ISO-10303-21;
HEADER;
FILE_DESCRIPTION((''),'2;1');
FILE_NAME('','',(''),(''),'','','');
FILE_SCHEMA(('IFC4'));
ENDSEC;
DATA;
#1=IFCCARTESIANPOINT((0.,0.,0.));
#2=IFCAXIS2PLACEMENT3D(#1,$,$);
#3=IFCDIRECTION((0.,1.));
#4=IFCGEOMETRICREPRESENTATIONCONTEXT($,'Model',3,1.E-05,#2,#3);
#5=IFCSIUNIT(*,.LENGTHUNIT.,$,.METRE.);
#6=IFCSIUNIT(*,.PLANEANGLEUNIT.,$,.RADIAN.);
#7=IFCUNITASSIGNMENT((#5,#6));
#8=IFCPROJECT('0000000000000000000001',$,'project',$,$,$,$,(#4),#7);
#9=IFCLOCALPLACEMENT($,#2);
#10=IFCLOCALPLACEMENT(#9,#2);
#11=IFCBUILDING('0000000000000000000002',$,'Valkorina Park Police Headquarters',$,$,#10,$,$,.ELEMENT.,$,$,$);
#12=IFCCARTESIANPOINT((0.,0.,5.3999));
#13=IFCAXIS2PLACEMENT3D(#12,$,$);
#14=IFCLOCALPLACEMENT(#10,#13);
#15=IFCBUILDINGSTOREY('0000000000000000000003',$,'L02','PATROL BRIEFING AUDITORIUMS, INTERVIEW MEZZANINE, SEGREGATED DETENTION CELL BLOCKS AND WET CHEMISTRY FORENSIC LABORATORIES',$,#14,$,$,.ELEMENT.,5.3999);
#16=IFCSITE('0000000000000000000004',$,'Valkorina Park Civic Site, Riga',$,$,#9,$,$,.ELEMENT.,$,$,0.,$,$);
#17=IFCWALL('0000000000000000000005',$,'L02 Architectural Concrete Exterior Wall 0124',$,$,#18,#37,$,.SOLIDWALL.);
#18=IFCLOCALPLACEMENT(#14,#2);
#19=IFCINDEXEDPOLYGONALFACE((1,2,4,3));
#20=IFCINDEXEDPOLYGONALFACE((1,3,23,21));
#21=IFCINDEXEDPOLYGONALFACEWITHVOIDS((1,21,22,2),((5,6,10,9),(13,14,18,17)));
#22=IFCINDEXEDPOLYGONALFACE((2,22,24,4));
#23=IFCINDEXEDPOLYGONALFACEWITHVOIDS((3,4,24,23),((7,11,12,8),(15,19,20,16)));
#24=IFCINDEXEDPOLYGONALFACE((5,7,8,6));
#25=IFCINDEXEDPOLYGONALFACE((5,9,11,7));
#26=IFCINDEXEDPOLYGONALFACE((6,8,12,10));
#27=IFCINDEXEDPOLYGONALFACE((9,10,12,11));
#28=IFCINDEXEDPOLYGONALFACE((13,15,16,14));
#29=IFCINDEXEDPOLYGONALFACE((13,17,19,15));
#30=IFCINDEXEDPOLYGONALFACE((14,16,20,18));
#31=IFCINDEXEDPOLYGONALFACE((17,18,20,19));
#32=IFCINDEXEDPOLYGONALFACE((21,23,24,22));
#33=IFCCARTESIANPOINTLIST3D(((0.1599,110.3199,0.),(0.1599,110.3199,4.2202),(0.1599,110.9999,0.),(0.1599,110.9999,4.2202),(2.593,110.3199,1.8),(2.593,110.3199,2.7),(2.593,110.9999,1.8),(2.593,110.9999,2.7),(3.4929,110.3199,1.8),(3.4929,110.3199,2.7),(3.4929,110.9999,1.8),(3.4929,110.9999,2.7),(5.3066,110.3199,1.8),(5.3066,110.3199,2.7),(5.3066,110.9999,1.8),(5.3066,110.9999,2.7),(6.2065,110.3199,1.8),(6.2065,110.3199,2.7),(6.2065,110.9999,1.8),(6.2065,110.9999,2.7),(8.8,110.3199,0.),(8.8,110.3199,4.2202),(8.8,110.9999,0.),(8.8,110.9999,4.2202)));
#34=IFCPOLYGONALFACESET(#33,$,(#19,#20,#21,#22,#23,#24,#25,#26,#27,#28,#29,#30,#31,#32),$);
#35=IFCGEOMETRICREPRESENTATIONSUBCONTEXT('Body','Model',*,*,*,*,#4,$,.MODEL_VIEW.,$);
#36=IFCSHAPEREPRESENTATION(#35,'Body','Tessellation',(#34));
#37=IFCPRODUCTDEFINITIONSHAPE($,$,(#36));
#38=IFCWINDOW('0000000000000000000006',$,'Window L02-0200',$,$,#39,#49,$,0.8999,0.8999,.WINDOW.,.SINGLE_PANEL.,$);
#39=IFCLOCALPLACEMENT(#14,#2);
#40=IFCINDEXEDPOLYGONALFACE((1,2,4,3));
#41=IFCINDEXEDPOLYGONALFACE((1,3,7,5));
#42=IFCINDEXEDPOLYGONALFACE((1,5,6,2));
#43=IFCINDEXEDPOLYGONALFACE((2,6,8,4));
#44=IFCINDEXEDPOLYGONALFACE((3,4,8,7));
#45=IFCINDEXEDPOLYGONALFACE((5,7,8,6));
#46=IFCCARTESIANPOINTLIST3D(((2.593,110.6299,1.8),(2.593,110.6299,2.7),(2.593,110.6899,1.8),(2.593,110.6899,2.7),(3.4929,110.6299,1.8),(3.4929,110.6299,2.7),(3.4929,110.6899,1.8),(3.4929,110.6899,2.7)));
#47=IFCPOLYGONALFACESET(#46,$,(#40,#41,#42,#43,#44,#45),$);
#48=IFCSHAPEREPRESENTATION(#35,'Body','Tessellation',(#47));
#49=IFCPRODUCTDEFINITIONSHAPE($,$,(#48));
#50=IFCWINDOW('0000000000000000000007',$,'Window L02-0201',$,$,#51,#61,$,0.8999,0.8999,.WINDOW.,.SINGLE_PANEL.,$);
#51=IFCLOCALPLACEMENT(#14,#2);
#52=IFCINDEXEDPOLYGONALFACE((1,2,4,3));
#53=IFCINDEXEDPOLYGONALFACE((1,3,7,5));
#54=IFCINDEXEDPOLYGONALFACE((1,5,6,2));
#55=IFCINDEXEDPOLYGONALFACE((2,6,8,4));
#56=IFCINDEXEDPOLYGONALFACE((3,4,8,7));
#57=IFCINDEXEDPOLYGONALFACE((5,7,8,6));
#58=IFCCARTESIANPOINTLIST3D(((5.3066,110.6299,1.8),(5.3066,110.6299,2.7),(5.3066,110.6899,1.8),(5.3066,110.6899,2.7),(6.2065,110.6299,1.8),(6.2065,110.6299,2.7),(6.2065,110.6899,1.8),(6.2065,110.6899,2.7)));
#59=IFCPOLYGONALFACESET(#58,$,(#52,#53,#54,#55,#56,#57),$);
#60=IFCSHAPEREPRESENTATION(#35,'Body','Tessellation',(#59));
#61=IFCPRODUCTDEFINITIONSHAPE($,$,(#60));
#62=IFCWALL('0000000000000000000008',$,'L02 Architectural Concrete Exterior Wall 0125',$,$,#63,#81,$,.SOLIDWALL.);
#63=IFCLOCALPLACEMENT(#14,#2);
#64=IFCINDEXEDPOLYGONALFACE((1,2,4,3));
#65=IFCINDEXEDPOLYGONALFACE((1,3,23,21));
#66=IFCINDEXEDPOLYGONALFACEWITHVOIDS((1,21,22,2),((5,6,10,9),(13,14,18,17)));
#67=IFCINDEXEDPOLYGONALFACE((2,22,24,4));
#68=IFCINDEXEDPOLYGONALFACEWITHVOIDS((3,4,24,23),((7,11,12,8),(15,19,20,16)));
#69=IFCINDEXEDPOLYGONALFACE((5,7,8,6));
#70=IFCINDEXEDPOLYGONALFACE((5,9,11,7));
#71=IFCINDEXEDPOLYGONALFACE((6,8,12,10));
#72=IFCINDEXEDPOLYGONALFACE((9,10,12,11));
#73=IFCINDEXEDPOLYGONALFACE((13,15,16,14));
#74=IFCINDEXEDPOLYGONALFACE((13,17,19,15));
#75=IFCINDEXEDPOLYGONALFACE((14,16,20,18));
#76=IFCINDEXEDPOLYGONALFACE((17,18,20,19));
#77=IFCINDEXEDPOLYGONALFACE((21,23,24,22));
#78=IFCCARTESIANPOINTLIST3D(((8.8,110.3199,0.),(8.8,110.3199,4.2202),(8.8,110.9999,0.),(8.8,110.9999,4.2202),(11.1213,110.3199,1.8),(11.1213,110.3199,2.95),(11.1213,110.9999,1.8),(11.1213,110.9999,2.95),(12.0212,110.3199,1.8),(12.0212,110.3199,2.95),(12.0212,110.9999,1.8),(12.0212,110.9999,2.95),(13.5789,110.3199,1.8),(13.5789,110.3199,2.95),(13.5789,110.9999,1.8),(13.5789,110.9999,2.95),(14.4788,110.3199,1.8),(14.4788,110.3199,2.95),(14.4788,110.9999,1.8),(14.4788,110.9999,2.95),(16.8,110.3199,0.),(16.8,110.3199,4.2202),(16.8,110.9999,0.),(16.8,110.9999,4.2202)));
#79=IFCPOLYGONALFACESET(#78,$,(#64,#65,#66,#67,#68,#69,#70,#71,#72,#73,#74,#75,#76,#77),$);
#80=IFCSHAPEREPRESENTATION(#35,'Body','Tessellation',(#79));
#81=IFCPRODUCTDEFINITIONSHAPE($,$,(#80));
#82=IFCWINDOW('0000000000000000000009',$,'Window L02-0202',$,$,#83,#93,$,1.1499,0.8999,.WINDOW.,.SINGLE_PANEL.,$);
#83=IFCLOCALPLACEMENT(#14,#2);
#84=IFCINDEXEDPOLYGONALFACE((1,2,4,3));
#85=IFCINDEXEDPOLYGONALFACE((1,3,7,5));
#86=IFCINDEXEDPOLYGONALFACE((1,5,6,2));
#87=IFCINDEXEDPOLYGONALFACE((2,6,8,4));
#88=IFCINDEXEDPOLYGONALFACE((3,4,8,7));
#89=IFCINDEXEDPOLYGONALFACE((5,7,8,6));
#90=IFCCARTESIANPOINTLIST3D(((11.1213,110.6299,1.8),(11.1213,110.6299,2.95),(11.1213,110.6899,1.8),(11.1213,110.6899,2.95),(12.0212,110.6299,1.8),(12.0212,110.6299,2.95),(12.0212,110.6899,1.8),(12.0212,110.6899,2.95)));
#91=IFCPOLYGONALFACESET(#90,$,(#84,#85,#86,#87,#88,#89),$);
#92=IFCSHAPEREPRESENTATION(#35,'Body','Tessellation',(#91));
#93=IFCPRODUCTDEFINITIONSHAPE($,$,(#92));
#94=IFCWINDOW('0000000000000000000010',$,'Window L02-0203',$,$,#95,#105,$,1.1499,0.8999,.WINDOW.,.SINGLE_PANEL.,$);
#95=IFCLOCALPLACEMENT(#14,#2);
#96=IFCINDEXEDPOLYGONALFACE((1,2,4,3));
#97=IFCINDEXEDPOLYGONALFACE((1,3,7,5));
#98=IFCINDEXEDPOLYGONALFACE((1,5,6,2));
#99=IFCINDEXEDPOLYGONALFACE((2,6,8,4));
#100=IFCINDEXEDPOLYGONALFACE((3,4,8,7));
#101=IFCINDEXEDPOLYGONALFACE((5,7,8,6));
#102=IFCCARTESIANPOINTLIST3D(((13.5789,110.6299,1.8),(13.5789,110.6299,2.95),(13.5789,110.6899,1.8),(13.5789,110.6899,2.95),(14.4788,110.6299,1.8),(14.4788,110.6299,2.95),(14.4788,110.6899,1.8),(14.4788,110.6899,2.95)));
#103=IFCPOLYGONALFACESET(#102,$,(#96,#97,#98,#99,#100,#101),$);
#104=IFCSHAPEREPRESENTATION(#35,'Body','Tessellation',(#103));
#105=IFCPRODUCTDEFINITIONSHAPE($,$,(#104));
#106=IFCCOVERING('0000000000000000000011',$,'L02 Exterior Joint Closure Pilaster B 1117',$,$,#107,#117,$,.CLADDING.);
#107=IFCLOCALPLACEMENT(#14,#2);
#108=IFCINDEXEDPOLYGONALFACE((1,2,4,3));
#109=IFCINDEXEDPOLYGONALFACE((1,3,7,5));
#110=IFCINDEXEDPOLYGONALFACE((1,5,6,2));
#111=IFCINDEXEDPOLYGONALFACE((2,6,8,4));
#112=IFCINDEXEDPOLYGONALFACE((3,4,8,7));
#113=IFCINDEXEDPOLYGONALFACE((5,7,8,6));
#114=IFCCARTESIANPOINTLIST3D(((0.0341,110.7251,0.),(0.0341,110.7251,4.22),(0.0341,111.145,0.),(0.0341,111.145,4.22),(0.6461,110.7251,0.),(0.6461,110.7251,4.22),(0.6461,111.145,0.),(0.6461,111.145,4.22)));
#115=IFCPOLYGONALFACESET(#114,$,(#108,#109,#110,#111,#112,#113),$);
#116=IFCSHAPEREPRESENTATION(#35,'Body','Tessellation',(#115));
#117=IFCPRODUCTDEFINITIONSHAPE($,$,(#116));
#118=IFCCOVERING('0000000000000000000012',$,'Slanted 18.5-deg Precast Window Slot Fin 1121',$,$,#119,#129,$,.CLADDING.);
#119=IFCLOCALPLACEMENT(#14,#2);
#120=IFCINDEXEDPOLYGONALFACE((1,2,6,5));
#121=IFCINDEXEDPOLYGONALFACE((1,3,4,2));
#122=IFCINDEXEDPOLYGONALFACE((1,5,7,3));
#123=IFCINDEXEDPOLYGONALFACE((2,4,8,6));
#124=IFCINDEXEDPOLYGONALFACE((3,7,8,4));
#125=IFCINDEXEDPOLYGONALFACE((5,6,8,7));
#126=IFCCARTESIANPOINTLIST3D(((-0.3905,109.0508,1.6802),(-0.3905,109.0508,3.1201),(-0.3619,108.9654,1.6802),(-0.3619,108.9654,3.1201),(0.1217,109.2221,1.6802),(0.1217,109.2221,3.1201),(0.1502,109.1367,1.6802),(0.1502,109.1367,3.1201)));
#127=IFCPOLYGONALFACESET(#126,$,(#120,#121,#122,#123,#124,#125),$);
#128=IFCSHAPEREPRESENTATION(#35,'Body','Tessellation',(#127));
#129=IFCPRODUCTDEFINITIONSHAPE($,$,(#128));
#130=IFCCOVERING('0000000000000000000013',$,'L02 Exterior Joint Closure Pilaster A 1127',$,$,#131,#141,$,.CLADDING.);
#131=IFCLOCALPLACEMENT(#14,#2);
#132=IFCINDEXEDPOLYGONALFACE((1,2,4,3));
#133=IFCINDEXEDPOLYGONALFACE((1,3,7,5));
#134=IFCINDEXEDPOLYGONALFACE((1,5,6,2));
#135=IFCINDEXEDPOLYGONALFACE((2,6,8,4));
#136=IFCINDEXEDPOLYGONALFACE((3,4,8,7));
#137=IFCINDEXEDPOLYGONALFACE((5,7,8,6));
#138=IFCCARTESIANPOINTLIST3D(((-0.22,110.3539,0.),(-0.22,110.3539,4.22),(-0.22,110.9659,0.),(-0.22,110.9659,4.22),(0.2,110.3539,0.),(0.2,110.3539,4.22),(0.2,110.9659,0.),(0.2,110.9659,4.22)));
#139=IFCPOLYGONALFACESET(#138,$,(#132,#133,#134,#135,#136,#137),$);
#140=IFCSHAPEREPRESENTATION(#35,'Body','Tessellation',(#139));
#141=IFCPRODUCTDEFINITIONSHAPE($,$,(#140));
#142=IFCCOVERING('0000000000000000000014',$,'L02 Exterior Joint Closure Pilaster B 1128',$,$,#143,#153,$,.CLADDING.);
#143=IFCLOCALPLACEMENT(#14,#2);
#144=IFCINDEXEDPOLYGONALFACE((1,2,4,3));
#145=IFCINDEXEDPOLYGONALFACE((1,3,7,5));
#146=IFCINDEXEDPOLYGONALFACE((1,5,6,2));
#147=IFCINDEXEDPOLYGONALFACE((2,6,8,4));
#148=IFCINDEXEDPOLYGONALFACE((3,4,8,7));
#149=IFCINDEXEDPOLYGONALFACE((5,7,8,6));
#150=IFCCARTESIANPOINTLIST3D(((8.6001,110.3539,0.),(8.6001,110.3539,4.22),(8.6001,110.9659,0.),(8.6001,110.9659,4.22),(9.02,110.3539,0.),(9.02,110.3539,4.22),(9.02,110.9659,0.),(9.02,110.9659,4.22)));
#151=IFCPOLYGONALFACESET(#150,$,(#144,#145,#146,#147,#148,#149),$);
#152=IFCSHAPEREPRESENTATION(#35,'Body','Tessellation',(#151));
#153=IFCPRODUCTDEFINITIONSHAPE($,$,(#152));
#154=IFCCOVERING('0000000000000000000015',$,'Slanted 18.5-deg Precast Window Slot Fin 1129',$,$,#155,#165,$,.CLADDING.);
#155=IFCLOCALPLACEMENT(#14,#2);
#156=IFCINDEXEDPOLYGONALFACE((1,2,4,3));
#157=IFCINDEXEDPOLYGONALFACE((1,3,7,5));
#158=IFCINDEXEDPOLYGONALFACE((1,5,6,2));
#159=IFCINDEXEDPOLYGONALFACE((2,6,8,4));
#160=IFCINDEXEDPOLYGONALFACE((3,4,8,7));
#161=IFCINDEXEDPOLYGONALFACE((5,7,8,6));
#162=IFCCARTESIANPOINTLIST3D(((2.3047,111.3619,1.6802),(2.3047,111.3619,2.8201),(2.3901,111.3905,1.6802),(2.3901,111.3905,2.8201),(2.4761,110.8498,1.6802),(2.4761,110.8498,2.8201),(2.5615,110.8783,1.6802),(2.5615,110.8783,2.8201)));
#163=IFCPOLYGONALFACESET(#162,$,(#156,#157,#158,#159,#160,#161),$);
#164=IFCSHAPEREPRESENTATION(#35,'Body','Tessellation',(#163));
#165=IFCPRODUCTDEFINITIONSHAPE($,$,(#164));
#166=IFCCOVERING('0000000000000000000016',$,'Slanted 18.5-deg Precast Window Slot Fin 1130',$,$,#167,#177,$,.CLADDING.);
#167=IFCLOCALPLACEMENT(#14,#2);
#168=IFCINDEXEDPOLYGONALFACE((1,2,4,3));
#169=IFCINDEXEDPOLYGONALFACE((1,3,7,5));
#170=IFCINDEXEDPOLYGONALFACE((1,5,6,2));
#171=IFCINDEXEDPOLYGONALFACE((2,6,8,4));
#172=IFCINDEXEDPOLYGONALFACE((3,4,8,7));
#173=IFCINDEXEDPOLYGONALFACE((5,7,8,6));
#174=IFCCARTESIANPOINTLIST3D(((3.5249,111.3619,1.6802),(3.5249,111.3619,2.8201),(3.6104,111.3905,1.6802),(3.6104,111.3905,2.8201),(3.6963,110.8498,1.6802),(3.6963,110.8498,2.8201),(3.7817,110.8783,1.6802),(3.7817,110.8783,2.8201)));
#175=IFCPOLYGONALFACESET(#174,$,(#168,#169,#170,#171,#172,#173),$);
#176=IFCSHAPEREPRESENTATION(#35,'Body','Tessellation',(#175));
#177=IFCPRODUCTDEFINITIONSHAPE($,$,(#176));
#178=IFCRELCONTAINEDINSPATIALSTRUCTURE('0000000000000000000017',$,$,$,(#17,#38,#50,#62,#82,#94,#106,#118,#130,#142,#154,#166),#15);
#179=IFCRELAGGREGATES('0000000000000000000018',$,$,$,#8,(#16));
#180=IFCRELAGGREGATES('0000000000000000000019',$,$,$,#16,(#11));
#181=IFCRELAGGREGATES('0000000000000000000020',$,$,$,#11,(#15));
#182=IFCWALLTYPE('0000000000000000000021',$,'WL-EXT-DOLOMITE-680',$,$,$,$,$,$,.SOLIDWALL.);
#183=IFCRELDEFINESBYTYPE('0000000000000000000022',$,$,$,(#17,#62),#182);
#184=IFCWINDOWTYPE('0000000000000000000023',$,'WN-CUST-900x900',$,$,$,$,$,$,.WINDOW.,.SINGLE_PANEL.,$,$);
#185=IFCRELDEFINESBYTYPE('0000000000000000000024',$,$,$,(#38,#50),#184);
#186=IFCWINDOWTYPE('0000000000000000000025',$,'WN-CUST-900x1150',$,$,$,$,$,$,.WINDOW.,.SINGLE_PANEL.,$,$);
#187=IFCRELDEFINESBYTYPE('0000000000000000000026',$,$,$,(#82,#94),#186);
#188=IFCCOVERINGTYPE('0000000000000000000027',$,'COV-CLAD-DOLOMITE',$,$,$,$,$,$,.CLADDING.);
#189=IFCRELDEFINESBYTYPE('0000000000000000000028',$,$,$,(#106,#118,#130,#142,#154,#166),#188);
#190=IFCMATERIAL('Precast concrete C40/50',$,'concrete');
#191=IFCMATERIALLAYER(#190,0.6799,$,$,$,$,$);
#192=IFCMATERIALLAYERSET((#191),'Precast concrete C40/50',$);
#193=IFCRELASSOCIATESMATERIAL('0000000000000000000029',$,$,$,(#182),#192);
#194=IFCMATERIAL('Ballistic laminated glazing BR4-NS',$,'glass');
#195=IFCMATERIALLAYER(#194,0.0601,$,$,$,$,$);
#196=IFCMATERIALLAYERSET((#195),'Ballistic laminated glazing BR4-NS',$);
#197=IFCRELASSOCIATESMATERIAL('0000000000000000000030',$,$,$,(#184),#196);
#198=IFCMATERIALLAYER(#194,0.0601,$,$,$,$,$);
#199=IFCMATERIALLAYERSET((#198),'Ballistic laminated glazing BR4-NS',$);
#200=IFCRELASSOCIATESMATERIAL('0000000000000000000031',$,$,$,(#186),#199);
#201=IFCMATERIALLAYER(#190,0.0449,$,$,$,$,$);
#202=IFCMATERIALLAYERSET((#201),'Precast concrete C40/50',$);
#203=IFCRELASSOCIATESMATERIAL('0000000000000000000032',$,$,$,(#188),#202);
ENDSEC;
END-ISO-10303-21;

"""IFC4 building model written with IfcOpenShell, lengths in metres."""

from ifc_helpers import new_model, si_unit, direction, frame, frame_2d, origin, origin_2d, place, context, subcontext, project, spatial, rectangle, extrude, material, layer, layer_set, type_object, element, fill, save


model = new_model("IFC4")

# Units and contexts
model_context = context("Model", 3, precision=1e-05, world=origin(), true_north=direction((0.0, 1.0)))
body_context = subcontext(model_context, "Body", "Model", "MODEL_VIEW")
ifc_project = project(units=[si_unit("LENGTHUNIT", "METRE"), si_unit("PLANEANGLEUNIT", "RADIAN")], contexts=[model_context])

# Site, building, storey
site_placement = place(None, origin())
site = spatial("IfcSite", under=ifc_project, at=site_placement, Name="Valkorina Park Civic Site, Riga", CompositionType="ELEMENT", RefElevation=0.0)
building_placement = place(site_placement, origin())
building = spatial("IfcBuilding", under=site, at=building_placement, Name="Valkorina Park Police Headquarters", CompositionType="ELEMENT")
storey_placement = place(building_placement, frame((0.0, 0.0, 5.3999)))
storey = spatial("IfcBuildingStorey", under=building, at=storey_placement, Name="L02", Description="PATROL BRIEFING AUDITORIUMS, INTERVIEW MEZZANINE, SEGREGATED DETENTION CELL BLOCKS AND WET CHEMISTRY FORENSIC LABORATORIES", CompositionType="ELEMENT", Elevation=5.3999)

# Walls, openings, windows
ifc_material_1 = material(Name="Precast concrete C40/50", Category="concrete")
ifc_layer_1 = layer(ifc_material_1, 0.6799)
ifc_layer_set_1 = layer_set([ifc_layer_1], Name="Precast concrete C40/50")
wall_type = type_object("IfcWallType", Name="WL-EXT-DOLOMITE-680", PredefinedType="SOLIDWALL", material=ifc_layer_set_1)
wall_1_placement = place(storey_placement, frame((0.1599, 110.6599, 0.0), z_axis=(0.0, 0.0, 1.0), x_axis=(1.0, 0.0, 0.0)))
wall_1 = element("IfcWall", 1, at=wall_1_placement, inside=storey, type_object=wall_type, Name="L02 Architectural Concrete Exterior Wall 0124", PredefinedType="SOLIDWALL", context=body_context, shape_type="SweptSolid", body=[
    extrude(rectangle(XDim=8.6401, YDim=0.6799, at=frame_2d((4.3201, 0.0))), origin(), (0.0, 0.0, 1.0), 4.2202),
])
opening_1_placement = place(wall_1_placement, frame((2.4331, 0.0, 1.8)))
opening_1 = element("IfcOpeningElement", 2, at=opening_1_placement, cuts=wall_1, PredefinedType="OPENING", context=body_context, shape_type="SweptSolid", body=[
    extrude(rectangle(XDim=0.8999, YDim=0.8999, at=frame_2d((0.45, 0.45))), frame((0.0, 0.3501, 0.0), z_axis=(0.0, -1.0, 0.0), x_axis=(1.0, 0.0, 0.0)), (0.0, 0.0, 1.0), 0.7),
])
opening_2_placement = place(wall_1_placement, frame((5.1467, 0.0, 1.8)))
opening_2 = element("IfcOpeningElement", 3, at=opening_2_placement, cuts=wall_1, PredefinedType="OPENING", context=body_context, shape_type="SweptSolid", body=[
    extrude(rectangle(XDim=0.8999, YDim=0.8999, at=frame_2d((0.45, 0.45))), frame((0.0, 0.3501, 0.0), z_axis=(0.0, -1.0, 0.0), x_axis=(1.0, 0.0, 0.0)), (0.0, 0.0, 1.0), 0.7),
])
ifc_material_2 = material(Name="Ballistic laminated glazing BR4-NS", Category="glass")
ifc_layer_2 = layer(ifc_material_2, 0.0601)
ifc_layer_set_2 = layer_set([ifc_layer_2], Name="Ballistic laminated glazing BR4-NS")
window_type_1 = type_object("IfcWindowType", Name="WN-CUST-900x900", PartitioningType="SINGLE_PANEL", PredefinedType="WINDOW", material=ifc_layer_set_2)
window_1_placement = place(opening_1_placement, origin())
window_1 = element("IfcWindow", 4, at=window_1_placement, inside=storey, type_object=window_type_1, Name="Window L02-0200", OverallHeight=0.8999, OverallWidth=0.8999, PartitioningType="SINGLE_PANEL", PredefinedType="WINDOW", context=body_context, shape_type="SweptSolid", body=[
    extrude(rectangle(XDim=0.8999, YDim=0.8999, at=frame_2d((0.45, 0.45))), frame((0.0, 0.03, 0.0), z_axis=(0.0, -1.0, 0.0), x_axis=(1.0, 0.0, 0.0)), (0.0, 0.0, 1.0), 0.0601),
])
fill(opening_1, window_1)
window_2_placement = place(opening_2_placement, origin())
window_2 = element("IfcWindow", 5, at=window_2_placement, inside=storey, type_object=window_type_1, Name="Window L02-0201", OverallHeight=0.8999, OverallWidth=0.8999, PartitioningType="SINGLE_PANEL", PredefinedType="WINDOW", context=body_context, shape_type="SweptSolid", body=[
    extrude(rectangle(XDim=0.8999, YDim=0.8999, at=frame_2d((0.45, 0.45))), frame((0.0, 0.03, 0.0), z_axis=(0.0, -1.0, 0.0), x_axis=(1.0, 0.0, 0.0)), (0.0, 0.0, 1.0), 0.0601),
])
fill(opening_2, window_2)
wall_2_placement = place(storey_placement, frame((8.8, 110.6599, 0.0), z_axis=(0.0, 0.0, 1.0), x_axis=(1.0, 0.0, 0.0)))
wall_2 = element("IfcWall", 6, at=wall_2_placement, inside=storey, type_object=wall_type, Name="L02 Architectural Concrete Exterior Wall 0125", PredefinedType="SOLIDWALL", context=body_context, shape_type="SweptSolid", body=[
    extrude(rectangle(XDim=8.0, YDim=0.6799, at=frame_2d((4.0, 0.0))), origin(), (0.0, 0.0, 1.0), 4.2202),
])
opening_3_placement = place(wall_2_placement, frame((2.3213, 0.0, 1.8)))
opening_3 = element("IfcOpeningElement", 7, at=opening_3_placement, cuts=wall_2, PredefinedType="OPENING", context=body_context, shape_type="SweptSolid", body=[
    extrude(rectangle(XDim=0.8999, YDim=1.1499, at=frame_2d((0.45, 0.575))), frame((0.0, 0.3501, 0.0), z_axis=(0.0, -1.0, 0.0), x_axis=(1.0, 0.0, 0.0)), (0.0, 0.0, 1.0), 0.7),
])
opening_4_placement = place(wall_2_placement, frame((4.7788, 0.0, 1.8)))
opening_4 = element("IfcOpeningElement", 8, at=opening_4_placement, cuts=wall_2, PredefinedType="OPENING", context=body_context, shape_type="SweptSolid", body=[
    extrude(rectangle(XDim=0.8999, YDim=1.1499, at=frame_2d((0.45, 0.575))), frame((0.0, 0.3501, 0.0), z_axis=(0.0, -1.0, 0.0), x_axis=(1.0, 0.0, 0.0)), (0.0, 0.0, 1.0), 0.7),
])
ifc_layer_3 = layer(ifc_material_2, 0.0601)
ifc_layer_set_3 = layer_set([ifc_layer_3], Name="Ballistic laminated glazing BR4-NS")
window_type_2 = type_object("IfcWindowType", Name="WN-CUST-900x1150", PartitioningType="SINGLE_PANEL", PredefinedType="WINDOW", material=ifc_layer_set_3)
window_3_placement = place(opening_3_placement, origin())
window_3 = element("IfcWindow", 9, at=window_3_placement, inside=storey, type_object=window_type_2, Name="Window L02-0202", OverallHeight=1.1499, OverallWidth=0.8999, PartitioningType="SINGLE_PANEL", PredefinedType="WINDOW", context=body_context, shape_type="SweptSolid", body=[
    extrude(rectangle(XDim=0.8999, YDim=1.1499, at=frame_2d((0.45, 0.575))), frame((0.0, 0.03, 0.0), z_axis=(0.0, -1.0, 0.0), x_axis=(1.0, 0.0, 0.0)), (0.0, 0.0, 1.0), 0.0601),
])
fill(opening_3, window_3)
window_4_placement = place(opening_4_placement, origin())
window_4 = element("IfcWindow", 10, at=window_4_placement, inside=storey, type_object=window_type_2, Name="Window L02-0203", OverallHeight=1.1499, OverallWidth=0.8999, PartitioningType="SINGLE_PANEL", PredefinedType="WINDOW", context=body_context, shape_type="SweptSolid", body=[
    extrude(rectangle(XDim=0.8999, YDim=1.1499, at=frame_2d((0.45, 0.575))), frame((0.0, 0.03, 0.0), z_axis=(0.0, -1.0, 0.0), x_axis=(1.0, 0.0, 0.0)), (0.0, 0.0, 1.0), 0.0601),
])
fill(opening_4, window_4)

# Coverings
ifc_layer_4 = layer(ifc_material_1, 0.0449)
ifc_layer_set_4 = layer_set([ifc_layer_4], Name="Precast concrete C40/50")
covering_type = type_object("IfcCoveringType", Name="COV-CLAD-DOLOMITE", PredefinedType="CLADDING", material=ifc_layer_set_4)
covering_1_placement = place(storey_placement, frame((0.3401, 110.9351, 0.0), z_axis=(0.0, 0.0, 1.0), x_axis=(0.0, 1.0, 0.0)))
element("IfcCovering", 11, at=covering_1_placement, inside=storey, type_object=covering_type, Name="L02 Exterior Joint Closure Pilaster B 1117", PredefinedType="CLADDING", context=body_context, shape_type="SweptSolid", body=[
    extrude(rectangle(XDim=0.4199, YDim=0.6121, at=origin_2d()), origin(), (0.0, 0.0, 1.0), 4.22),
])
covering_2_placement = place(storey_placement, frame((-0.1201, 109.0938, 1.6802), z_axis=(0.0, 0.0, 1.0), x_axis=(-0.948324, -0.317305, 0.0)))
element("IfcCovering", 12, at=covering_2_placement, inside=storey, type_object=covering_type, Name="Slanted 18.5-deg Precast Window Slot Fin 1121", PredefinedType="CLADDING", context=body_context, shape_type="SweptSolid", body=[
    extrude(rectangle(XDim=0.54, YDim=0.0901, at=origin_2d()), origin(), (0.0, 0.0, 1.0), 1.4399),
])
for number, where, z_axis, x_axis, name in (
    (13, (-0.01, 110.6599, 0.0), (0.0, 0.0, 1.0), (1.0, 0.0, 0.0), "L02 Exterior Joint Closure Pilaster A 1127"),
    (14, (8.8101, 110.6599, 0.0), (0.0, 0.0, 1.0), (1.0, 0.0, 0.0), "L02 Exterior Joint Closure Pilaster B 1128"),
):
    element("IfcCovering", number, at=place(storey_placement, frame(where, z_axis=z_axis, x_axis=x_axis)), inside=storey, type_object=covering_type, Name=name, PredefinedType="CLADDING", context=body_context, shape_type="SweptSolid", body=[
        extrude(rectangle(XDim=0.4199, YDim=0.6121, at=origin_2d()), origin(), (0.0, 0.0, 1.0), 4.22),
    ])
for number, where, z_axis, x_axis, name in (
    (15, (2.4331, 111.1201, 1.6802), (0.0, 0.0, 1.0), (-0.317305, 0.948324, 0.0), "Slanted 18.5-deg Precast Window Slot Fin 1129"),
    (16, (3.6533, 111.1201, 1.6802), (0.0, 0.0, 1.0), (-0.317305, 0.948324, 0.0), "Slanted 18.5-deg Precast Window Slot Fin 1130"),
):
    element("IfcCovering", number, at=place(storey_placement, frame(where, z_axis=z_axis, x_axis=x_axis)), inside=storey, type_object=covering_type, Name=name, PredefinedType="CLADDING", context=body_context, shape_type="SweptSolid", body=[
        extrude(rectangle(XDim=0.54, YDim=0.0901, at=origin_2d()), origin(), (0.0, 0.0, 1.0), 1.1399),
    ])

save(model, "model.ifc")
